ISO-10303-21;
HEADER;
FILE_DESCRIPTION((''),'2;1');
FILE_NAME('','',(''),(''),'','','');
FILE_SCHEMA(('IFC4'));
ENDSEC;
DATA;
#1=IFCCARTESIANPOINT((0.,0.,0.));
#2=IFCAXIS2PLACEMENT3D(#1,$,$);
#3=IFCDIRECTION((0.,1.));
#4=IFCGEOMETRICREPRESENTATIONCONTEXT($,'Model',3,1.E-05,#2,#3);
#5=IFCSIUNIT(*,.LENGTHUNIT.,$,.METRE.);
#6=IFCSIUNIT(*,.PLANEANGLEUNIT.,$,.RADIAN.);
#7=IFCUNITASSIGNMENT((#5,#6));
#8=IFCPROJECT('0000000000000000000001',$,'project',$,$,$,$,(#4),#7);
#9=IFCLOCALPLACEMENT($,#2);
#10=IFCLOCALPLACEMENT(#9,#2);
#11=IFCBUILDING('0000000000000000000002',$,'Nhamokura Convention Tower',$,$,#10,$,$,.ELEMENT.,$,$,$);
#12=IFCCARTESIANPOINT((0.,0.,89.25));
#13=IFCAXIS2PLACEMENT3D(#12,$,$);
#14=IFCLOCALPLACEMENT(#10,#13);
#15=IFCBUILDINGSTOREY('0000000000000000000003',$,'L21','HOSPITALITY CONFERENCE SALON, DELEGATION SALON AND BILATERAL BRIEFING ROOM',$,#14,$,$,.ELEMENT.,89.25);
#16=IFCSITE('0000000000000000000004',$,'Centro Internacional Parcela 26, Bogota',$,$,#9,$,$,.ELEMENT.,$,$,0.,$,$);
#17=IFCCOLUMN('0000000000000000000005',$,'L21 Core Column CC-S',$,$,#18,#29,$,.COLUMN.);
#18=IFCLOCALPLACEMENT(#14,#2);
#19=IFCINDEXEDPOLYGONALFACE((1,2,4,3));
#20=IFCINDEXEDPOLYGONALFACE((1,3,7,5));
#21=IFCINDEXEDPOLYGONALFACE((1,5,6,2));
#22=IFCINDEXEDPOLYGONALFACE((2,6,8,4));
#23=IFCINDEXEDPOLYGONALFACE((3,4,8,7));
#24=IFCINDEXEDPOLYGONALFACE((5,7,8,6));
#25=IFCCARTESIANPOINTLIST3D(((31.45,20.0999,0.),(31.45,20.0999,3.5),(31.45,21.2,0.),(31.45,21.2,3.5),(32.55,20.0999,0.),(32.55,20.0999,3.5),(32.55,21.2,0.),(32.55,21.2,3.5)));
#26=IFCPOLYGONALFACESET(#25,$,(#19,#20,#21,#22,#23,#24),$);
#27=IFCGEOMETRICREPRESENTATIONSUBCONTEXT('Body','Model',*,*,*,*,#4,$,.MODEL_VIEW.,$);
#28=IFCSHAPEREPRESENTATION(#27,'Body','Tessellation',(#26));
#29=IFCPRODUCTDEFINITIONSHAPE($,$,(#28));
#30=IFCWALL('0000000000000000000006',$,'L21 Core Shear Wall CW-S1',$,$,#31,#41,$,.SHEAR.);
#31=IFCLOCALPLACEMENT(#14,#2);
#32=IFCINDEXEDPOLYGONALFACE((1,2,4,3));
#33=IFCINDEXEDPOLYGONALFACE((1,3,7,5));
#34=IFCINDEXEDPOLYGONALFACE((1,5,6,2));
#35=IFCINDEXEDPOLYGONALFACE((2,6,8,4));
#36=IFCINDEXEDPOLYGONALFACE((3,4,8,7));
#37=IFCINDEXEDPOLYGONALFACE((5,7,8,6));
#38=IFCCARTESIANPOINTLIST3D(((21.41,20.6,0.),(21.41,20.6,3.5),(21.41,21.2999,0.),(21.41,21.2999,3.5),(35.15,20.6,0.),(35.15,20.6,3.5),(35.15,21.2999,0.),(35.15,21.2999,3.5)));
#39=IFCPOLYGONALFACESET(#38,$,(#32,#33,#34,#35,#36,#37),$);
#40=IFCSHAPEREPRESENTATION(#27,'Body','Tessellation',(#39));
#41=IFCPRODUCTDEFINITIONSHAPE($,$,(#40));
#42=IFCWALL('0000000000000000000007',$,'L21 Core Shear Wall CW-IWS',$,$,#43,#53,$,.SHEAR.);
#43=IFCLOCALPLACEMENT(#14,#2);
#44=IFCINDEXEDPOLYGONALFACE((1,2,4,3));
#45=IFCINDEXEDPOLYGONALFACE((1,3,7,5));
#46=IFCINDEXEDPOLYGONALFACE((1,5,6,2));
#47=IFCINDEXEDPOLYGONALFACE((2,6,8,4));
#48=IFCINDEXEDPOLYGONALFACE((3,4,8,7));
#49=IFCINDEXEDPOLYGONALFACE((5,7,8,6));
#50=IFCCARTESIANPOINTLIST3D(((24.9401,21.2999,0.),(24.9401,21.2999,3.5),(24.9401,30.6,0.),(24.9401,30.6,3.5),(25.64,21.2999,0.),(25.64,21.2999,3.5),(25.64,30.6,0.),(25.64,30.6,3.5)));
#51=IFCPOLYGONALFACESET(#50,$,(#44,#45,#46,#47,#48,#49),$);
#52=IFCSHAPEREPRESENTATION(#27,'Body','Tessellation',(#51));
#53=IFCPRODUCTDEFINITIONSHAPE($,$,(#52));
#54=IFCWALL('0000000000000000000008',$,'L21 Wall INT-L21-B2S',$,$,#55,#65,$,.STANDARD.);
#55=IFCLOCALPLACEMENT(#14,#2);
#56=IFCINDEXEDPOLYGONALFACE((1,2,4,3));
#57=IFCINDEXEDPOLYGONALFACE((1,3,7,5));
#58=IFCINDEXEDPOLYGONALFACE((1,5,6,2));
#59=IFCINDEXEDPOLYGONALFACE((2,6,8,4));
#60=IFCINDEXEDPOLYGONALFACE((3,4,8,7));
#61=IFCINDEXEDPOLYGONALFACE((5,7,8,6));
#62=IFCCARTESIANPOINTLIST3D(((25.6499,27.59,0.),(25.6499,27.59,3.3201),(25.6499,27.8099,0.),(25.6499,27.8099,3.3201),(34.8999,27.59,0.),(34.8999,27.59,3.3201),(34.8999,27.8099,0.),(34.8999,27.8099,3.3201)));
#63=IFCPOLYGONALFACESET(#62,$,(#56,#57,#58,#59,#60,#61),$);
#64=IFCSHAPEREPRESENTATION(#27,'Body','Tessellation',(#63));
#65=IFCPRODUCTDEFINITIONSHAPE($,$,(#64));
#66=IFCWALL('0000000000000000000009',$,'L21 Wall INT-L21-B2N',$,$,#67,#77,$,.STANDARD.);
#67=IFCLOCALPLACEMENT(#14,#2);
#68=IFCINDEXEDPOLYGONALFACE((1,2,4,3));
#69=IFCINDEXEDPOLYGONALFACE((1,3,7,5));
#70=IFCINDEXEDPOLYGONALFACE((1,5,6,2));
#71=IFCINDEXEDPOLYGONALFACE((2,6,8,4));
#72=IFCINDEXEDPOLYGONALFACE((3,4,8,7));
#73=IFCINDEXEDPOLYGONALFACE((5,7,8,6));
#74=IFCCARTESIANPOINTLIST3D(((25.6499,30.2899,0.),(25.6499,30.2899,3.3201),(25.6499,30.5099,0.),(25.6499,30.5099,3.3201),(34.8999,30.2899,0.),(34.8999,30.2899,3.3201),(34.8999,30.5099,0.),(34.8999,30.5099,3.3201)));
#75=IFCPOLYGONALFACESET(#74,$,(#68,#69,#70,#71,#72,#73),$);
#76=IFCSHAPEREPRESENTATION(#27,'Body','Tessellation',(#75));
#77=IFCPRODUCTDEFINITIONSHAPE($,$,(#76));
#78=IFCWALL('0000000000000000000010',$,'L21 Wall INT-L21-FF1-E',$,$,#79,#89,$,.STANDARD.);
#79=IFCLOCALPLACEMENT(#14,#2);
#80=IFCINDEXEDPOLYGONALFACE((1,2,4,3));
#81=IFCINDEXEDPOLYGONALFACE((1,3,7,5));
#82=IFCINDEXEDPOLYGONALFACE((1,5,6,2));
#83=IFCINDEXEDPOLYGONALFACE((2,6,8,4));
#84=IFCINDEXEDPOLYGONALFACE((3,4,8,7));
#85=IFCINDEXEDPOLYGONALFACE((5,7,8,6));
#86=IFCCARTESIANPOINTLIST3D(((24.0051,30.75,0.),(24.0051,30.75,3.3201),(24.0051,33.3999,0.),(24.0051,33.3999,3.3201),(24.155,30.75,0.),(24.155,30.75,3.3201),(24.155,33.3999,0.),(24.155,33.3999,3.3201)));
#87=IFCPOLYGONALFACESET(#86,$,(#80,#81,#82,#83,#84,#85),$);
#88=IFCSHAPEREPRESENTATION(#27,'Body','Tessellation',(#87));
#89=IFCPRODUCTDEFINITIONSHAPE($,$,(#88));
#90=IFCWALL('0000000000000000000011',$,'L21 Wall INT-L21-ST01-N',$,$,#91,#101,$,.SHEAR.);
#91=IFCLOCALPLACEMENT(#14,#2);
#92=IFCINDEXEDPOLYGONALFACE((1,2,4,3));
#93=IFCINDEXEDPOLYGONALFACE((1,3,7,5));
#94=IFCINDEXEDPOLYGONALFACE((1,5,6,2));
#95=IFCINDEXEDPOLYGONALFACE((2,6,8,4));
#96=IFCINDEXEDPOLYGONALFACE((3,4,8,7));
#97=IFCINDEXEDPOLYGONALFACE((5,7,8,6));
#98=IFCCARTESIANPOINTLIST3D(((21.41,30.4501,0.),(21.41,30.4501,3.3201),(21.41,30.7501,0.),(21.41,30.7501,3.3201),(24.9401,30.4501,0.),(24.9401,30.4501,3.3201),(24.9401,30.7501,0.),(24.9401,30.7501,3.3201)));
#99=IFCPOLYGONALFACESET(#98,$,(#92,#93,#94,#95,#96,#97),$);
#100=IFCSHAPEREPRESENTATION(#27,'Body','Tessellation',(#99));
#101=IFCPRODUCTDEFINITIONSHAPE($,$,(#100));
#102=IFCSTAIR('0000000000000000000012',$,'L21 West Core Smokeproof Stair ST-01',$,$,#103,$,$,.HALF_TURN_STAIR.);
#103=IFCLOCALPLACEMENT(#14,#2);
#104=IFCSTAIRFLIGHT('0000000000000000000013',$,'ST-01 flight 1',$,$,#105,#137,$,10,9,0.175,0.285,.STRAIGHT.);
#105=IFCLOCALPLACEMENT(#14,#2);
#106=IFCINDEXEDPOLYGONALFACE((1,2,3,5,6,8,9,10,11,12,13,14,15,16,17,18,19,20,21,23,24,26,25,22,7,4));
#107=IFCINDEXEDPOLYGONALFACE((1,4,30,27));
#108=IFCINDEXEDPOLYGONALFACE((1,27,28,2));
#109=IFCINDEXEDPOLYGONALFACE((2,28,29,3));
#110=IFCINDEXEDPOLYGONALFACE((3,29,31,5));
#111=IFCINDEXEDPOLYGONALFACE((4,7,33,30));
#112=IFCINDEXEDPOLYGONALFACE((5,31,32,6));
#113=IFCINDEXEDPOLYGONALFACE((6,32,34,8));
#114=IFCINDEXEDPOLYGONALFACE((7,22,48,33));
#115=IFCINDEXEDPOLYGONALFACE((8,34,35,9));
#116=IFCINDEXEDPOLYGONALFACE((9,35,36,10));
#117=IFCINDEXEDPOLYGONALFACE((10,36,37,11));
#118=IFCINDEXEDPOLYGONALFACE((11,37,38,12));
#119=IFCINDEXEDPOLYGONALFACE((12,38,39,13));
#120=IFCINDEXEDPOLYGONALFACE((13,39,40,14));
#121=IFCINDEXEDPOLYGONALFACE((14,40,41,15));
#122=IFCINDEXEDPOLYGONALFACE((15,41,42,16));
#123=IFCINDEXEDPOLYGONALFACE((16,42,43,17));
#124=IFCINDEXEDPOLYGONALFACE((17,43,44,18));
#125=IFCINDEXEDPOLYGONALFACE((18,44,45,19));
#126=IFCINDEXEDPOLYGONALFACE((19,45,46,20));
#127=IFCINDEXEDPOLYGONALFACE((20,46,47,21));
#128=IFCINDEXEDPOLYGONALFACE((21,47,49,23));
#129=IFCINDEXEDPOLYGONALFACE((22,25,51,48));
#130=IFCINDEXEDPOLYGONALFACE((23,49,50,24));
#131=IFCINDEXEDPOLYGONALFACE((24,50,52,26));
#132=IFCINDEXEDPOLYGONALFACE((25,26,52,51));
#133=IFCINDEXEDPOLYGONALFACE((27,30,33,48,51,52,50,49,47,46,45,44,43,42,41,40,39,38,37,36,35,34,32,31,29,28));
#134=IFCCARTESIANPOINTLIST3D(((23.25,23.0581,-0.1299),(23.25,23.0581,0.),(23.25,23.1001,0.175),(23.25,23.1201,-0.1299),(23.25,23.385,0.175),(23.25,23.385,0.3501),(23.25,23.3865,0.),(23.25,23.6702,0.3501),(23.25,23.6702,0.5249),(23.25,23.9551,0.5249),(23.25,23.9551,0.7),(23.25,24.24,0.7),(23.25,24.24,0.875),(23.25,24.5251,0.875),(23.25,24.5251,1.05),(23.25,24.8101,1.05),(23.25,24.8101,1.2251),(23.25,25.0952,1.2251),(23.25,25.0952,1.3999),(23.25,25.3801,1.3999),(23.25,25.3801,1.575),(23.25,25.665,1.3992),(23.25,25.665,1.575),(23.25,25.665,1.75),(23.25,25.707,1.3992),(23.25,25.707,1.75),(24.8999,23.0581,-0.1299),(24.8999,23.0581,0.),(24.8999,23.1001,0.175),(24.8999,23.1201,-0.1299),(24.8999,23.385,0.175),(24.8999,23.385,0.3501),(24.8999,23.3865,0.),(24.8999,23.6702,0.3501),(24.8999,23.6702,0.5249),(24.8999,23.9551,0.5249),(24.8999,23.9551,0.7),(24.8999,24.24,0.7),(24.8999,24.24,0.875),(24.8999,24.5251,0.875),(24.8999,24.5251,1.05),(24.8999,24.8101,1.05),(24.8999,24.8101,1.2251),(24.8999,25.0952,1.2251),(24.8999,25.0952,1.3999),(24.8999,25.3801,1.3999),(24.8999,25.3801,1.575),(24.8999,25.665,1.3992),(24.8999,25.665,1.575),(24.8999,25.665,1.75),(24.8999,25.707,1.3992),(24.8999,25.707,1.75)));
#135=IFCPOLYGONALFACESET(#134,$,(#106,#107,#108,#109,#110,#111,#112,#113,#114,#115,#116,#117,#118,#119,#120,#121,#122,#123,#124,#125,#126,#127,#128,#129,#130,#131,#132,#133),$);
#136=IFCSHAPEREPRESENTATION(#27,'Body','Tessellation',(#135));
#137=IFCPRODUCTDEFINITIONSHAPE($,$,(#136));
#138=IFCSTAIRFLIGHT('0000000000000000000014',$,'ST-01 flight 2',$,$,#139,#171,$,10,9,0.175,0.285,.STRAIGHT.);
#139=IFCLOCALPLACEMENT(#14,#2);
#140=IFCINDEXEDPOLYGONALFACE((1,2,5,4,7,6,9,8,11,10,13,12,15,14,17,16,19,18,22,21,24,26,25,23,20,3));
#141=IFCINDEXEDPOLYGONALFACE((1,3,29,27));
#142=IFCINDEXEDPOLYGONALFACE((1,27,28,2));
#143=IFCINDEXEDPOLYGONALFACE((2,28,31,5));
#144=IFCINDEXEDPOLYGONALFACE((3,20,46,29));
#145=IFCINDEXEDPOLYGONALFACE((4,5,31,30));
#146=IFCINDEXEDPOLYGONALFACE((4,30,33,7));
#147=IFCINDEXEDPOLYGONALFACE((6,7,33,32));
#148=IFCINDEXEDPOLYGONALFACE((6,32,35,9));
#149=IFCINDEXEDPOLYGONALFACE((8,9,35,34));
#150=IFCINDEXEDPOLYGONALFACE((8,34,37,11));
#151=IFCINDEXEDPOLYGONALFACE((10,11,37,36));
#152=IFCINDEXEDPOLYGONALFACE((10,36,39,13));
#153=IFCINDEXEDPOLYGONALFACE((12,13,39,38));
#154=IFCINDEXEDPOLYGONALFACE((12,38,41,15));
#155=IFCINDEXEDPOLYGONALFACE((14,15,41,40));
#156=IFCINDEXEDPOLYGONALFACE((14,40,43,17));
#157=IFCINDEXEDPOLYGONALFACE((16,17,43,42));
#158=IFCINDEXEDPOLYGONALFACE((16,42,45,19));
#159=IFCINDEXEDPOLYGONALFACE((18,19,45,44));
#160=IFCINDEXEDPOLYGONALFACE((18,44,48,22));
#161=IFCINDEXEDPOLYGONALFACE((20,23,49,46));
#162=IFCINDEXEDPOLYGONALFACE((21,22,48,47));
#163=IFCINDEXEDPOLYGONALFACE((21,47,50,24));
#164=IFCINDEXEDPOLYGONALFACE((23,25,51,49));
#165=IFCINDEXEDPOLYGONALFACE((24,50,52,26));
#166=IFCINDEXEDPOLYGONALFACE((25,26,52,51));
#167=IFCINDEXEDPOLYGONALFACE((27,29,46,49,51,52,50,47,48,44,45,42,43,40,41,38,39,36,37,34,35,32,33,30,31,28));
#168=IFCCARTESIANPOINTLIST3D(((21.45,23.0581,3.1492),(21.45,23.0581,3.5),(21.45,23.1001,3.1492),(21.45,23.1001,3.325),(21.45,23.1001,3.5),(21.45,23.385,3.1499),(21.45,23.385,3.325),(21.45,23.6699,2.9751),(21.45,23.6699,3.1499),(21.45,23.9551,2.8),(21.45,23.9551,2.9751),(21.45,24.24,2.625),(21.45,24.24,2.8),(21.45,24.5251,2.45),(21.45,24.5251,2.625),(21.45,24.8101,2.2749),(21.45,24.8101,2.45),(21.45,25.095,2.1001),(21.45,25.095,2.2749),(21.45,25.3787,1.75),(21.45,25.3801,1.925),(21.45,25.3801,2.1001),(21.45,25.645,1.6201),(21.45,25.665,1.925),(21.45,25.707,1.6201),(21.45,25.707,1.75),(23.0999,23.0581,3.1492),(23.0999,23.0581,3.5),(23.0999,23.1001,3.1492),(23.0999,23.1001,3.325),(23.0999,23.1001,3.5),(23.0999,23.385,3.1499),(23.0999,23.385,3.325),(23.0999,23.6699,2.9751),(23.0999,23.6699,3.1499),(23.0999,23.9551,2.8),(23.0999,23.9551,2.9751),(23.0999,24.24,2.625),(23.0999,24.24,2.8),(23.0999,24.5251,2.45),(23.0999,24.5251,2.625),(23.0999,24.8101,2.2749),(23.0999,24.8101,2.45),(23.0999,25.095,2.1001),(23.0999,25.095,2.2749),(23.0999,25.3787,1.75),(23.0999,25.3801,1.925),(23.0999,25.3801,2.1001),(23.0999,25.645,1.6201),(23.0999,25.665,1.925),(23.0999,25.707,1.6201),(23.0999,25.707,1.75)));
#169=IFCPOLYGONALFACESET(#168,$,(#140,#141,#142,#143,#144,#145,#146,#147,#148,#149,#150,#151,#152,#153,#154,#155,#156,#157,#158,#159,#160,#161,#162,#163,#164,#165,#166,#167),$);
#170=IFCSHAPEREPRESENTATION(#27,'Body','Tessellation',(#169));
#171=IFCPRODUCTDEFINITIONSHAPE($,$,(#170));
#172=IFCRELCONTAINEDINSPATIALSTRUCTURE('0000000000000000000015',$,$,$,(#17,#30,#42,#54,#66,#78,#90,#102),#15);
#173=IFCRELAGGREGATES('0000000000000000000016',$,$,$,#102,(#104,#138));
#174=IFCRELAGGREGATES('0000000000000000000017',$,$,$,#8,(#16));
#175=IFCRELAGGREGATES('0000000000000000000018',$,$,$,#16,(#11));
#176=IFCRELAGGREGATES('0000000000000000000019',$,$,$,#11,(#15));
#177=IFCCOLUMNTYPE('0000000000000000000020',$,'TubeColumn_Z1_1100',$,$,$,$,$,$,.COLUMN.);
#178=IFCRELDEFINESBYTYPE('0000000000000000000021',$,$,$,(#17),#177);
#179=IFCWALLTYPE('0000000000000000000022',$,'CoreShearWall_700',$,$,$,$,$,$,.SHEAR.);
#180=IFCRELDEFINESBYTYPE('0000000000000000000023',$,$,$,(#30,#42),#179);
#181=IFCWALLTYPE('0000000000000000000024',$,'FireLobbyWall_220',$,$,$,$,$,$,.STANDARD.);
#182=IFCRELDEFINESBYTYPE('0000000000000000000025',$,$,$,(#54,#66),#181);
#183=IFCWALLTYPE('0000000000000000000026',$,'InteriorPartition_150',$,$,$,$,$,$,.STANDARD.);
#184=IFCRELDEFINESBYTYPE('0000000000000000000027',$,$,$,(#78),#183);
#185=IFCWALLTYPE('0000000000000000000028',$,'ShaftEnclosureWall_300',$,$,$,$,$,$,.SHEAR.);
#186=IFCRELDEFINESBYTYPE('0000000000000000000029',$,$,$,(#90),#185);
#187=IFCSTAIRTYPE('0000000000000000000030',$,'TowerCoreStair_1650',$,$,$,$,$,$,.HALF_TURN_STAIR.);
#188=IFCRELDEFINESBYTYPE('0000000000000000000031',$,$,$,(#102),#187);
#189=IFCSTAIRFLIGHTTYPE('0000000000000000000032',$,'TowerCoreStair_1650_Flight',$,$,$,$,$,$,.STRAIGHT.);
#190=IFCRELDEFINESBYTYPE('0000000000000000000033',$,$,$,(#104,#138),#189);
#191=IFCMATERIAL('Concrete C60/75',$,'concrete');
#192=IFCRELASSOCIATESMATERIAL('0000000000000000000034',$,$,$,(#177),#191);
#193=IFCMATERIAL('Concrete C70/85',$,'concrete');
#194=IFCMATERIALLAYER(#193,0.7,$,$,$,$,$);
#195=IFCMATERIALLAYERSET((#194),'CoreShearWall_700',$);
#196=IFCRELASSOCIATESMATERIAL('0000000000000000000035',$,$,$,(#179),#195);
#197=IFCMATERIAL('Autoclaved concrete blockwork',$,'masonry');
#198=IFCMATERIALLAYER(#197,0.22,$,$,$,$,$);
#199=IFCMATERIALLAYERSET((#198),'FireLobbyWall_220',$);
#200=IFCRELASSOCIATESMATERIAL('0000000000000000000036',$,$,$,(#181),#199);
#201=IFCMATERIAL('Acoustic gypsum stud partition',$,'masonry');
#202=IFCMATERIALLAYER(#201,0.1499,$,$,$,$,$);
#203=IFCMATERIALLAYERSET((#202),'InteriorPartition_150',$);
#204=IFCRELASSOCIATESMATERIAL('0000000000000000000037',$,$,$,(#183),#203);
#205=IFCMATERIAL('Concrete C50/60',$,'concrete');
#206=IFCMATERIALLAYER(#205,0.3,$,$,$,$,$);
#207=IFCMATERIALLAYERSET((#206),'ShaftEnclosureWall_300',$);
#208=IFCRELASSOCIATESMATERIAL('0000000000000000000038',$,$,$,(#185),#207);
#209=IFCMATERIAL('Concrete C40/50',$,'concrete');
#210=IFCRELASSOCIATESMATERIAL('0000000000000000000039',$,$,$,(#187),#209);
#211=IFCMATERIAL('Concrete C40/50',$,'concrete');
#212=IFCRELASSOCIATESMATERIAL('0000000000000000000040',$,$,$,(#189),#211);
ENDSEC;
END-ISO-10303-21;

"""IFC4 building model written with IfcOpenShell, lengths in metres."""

from ifc_helpers import new_model, si_unit, direction, frame, frame_2d, origin, origin_2d, place, context, subcontext, project, spatial, polyline, rectangle, outline, extrude, material, layer, layer_set, material_profile, profile_set, type_object, element, aggregate, save


model = new_model("IFC4")

# Units and contexts
model_context = context("Model", 3, precision=1e-05, world=origin(), true_north=direction((0.0, 1.0)))
body_context = subcontext(model_context, "Body", "Model", "MODEL_VIEW")
ifc_project = project(units=[si_unit("LENGTHUNIT", "METRE"), si_unit("PLANEANGLEUNIT", "RADIAN")], contexts=[model_context])

# Site, building, storey
site_placement = place(None, origin())
site = spatial("IfcSite", under=ifc_project, at=site_placement, Name="Centro Internacional Parcela 26, Bogota", CompositionType="ELEMENT", RefElevation=0.0)
building_placement = place(site_placement, origin())
building = spatial("IfcBuilding", under=site, at=building_placement, Name="Nhamokura Convention Tower", CompositionType="ELEMENT")
storey_placement = place(building_placement, frame((0.0, 0.0, 89.25)))
storey = spatial("IfcBuildingStorey", under=building, at=storey_placement, Name="L21", Description="HOSPITALITY CONFERENCE SALON, DELEGATION SALON AND BILATERAL BRIEFING ROOM", CompositionType="ELEMENT", Elevation=89.25)

# Column
ifc_material_1 = material(Name="Concrete C60/75", Category="concrete")
ifc_material_profile = material_profile(ifc_material_1, rectangle(XDim=1.1001, YDim=1.1001, at=origin_2d()))
ifc_profile_set = profile_set([ifc_material_profile], Name="Concrete C60/75")
column_type = type_object("IfcColumnType", Name="TubeColumn_Z1_1100", PredefinedType="COLUMN", material=ifc_profile_set)
column_placement = place(storey_placement, frame((32.0, 20.6499, 0.0), z_axis=(0.0, 0.0, 1.0), x_axis=(1.0, 0.0, 0.0)))
element("IfcColumn", 1, at=column_placement, inside=storey, type_object=column_type, Name="L21 Core Column CC-S", PredefinedType="COLUMN", context=body_context, shape_type="SweptSolid", body=[
    extrude(rectangle(XDim=1.1001, YDim=1.1001, at=origin_2d()), origin(), (0.0, 0.0, 1.0), 3.5),
])

# Shared definitions
ifc_material_2 = material(Name="Concrete C70/85", Category="concrete")
ifc_layer_1 = layer(ifc_material_2, 0.7)
ifc_layer_set_1 = layer_set([ifc_layer_1], Name="CoreShearWall_700")
wall_type_1 = type_object("IfcWallType", Name="CoreShearWall_700", PredefinedType="SHEAR", material=ifc_layer_set_1)

# Walls
wall_1_placement = place(storey_placement, frame((21.4099, 20.95, 0.0), z_axis=(0.0, 0.0, 1.0), x_axis=(1.0, 0.0, 0.0)))
element("IfcWall", 2, at=wall_1_placement, inside=storey, type_object=wall_type_1, Name="L21 Core Shear Wall CW-S1", PredefinedType="SHEAR", context=body_context, shape_type="SweptSolid", body=[
    extrude(rectangle(XDim=13.74, YDim=0.7, at=frame_2d((6.8701, 0.0))), origin(), (0.0, 0.0, 1.0), 3.5),
])
wall_2_placement = place(storey_placement, frame((25.29, 21.3, 0.0), z_axis=(0.0, 0.0, 1.0), x_axis=(0.0, 1.0, 0.0)))
element("IfcWall", 3, at=wall_2_placement, inside=storey, type_object=wall_type_1, Name="L21 Core Shear Wall CW-IWS", PredefinedType="SHEAR", context=body_context, shape_type="SweptSolid", body=[
    extrude(rectangle(XDim=9.3, YDim=0.7, at=frame_2d((4.6499, 0.0))), origin(), (0.0, 0.0, 1.0), 3.5),
])

# Shared definitions
ifc_material_3 = material(Name="Autoclaved concrete blockwork", Category="masonry")
ifc_layer_2 = layer(ifc_material_3, 0.22)
ifc_layer_set_2 = layer_set([ifc_layer_2], Name="FireLobbyWall_220")
wall_type_2 = type_object("IfcWallType", Name="FireLobbyWall_220", PredefinedType="STANDARD", material=ifc_layer_set_2)

# Walls
for number, where, z_axis, x_axis, name in (
    (4, (25.6499, 27.7, 0.0), (0.0, 0.0, 1.0), (1.0, 0.0, 0.0), "L21 Wall INT-L21-B2S"),
    (5, (25.6499, 30.3999, 0.0), (0.0, 0.0, 1.0), (1.0, 0.0, 0.0), "L21 Wall INT-L21-B2N"),
):
    element("IfcWall", number, at=place(storey_placement, frame(where, z_axis=z_axis, x_axis=x_axis)), inside=storey, type_object=wall_type_2, Name=name, PredefinedType="STANDARD", context=body_context, shape_type="SweptSolid", body=[
        extrude(rectangle(XDim=9.25, YDim=0.22, at=frame_2d((4.625, 0.0))), origin(), (0.0, 0.0, 1.0), 3.3201),
    ])
ifc_material_4 = material(Name="Acoustic gypsum stud partition", Category="masonry")
ifc_layer_3 = layer(ifc_material_4, 0.1499)
ifc_layer_set_3 = layer_set([ifc_layer_3], Name="InteriorPartition_150")
wall_type_3 = type_object("IfcWallType", Name="InteriorPartition_150", PredefinedType="STANDARD", material=ifc_layer_set_3)
wall_3_placement = place(storey_placement, frame((24.0801, 30.75, 0.0), z_axis=(0.0, 0.0, 1.0), x_axis=(0.0, 1.0, 0.0)))
element("IfcWall", 6, at=wall_3_placement, inside=storey, type_object=wall_type_3, Name="L21 Wall INT-L21-FF1-E", PredefinedType="STANDARD", context=body_context, shape_type="SweptSolid", body=[
    extrude(rectangle(XDim=2.6499, YDim=0.1499, at=frame_2d((1.325, 0.0))), origin(), (0.0, 0.0, 1.0), 3.3201),
])
ifc_material_5 = material(Name="Concrete C50/60", Category="concrete")
ifc_layer_4 = layer(ifc_material_5, 0.3)
ifc_layer_set_4 = layer_set([ifc_layer_4], Name="ShaftEnclosureWall_300")
wall_type_4 = type_object("IfcWallType", Name="ShaftEnclosureWall_300", PredefinedType="SHEAR", material=ifc_layer_set_4)
wall_4_placement = place(storey_placement, frame((21.4099, 30.6001, 0.0), z_axis=(0.0, 0.0, 1.0), x_axis=(1.0, 0.0, 0.0)))
element("IfcWall", 7, at=wall_4_placement, inside=storey, type_object=wall_type_4, Name="L21 Wall INT-L21-ST01-N", PredefinedType="SHEAR", context=body_context, shape_type="SweptSolid", body=[
    extrude(rectangle(XDim=3.53, YDim=0.3, at=frame_2d((1.7651, 0.0))), origin(), (0.0, 0.0, 1.0), 3.3201),
])

# Stair, stair flights
ifc_material_6 = material(Name="Concrete C40/50", Category="concrete")
stair_type = type_object("IfcStairType", Name="TowerCoreStair_1650", PredefinedType="HALF_TURN_STAIR", material=ifc_material_6)
stair_placement = place(storey_placement, origin())
stair = element("IfcStair", 8, at=stair_placement, inside=storey, type_object=stair_type, Name="L21 West Core Smokeproof Stair ST-01", PredefinedType="HALF_TURN_STAIR")
ifc_material_7 = material(Name="Concrete C40/50", Category="concrete")
stair_flight_type = type_object("IfcStairFlightType", Name="TowerCoreStair_1650_Flight", PredefinedType="STRAIGHT", material=ifc_material_7)
stair_flight_1_placement = place(storey_placement, frame((24.075, 23.1001, 0.0), z_axis=(0.0, 0.0, 1.0), x_axis=(0.0, 1.0, 0.0)))
stair_flight_1 = element("IfcStairFlight", 9, at=stair_flight_1_placement, type_object=stair_flight_type, Name="ST-01 flight 1", NumberOfRisers=10, NumberOfTreads=9, PredefinedType="STRAIGHT", RiserHeight=0.175, TreadLength=0.285, context=body_context, shape_type="SweptSolid", body=[
    extrude(outline(polyline([(-0.042, 0.0), (0.0, 0.175), (0.2849, 0.175), (0.2849, 0.3501), (0.5701, 0.3501), (0.5701, 0.5249), (0.855, 0.5249), (0.855, 0.7), (1.1399, 0.7), (1.1399, 0.875), (1.425, 0.875), (1.425, 1.05), (1.71, 1.05), (1.71, 1.2251), (1.9951, 1.2251), (1.9951, 1.3999), (2.28, 1.3999), (2.28, 1.575), (2.5649, 1.575), (2.5649, 1.75), (2.6069, 1.75), (2.6069, 1.3992), (2.5649, 1.3992), (0.2864, 0.0), (0.02, -0.1299), (-0.042, -0.1299), (-0.042, 0.0)])), frame((0.0, 0.825, 0.0), z_axis=(0.0, -1.0, 0.0), x_axis=(1.0, 0.0, 0.0)), (0.0, 0.0, 1.0), 1.6499),
])
stair_flight_2_placement = place(storey_placement, frame((22.2749, 25.665, 1.75), z_axis=(0.0, 0.0, 1.0), x_axis=(0.0, -1.0, 0.0)))
stair_flight_2 = element("IfcStairFlight", 10, at=stair_flight_2_placement, type_object=stair_flight_type, Name="ST-01 flight 2", NumberOfRisers=10, NumberOfTreads=9, PredefinedType="STRAIGHT", RiserHeight=0.175, TreadLength=0.285, context=body_context, shape_type="SweptSolid", body=[
    extrude(outline(polyline([(-0.042, 0.0), (0.0, 0.175), (0.2849, 0.175), (0.2849, 0.3501), (0.5701, 0.3501), (0.5701, 0.5249), (0.855, 0.5249), (0.855, 0.7), (1.1399, 0.7), (1.1399, 0.875), (1.425, 0.875), (1.425, 1.05), (1.71, 1.05), (1.71, 1.2251), (1.9951, 1.2251), (1.9951, 1.3999), (2.28, 1.3999), (2.28, 1.575), (2.5649, 1.575), (2.5649, 1.75), (2.6069, 1.75), (2.6069, 1.3992), (2.5649, 1.3992), (0.2864, 0.0), (0.02, -0.1299), (-0.042, -0.1299), (-0.042, 0.0)])), frame((0.0, 0.825, 0.0), z_axis=(0.0, -1.0, 0.0), x_axis=(1.0, 0.0, 0.0)), (0.0, 0.0, 1.0), 1.6499),
])
aggregate(stair, [stair_flight_1, stair_flight_2])

save(model, "model.ifc")
